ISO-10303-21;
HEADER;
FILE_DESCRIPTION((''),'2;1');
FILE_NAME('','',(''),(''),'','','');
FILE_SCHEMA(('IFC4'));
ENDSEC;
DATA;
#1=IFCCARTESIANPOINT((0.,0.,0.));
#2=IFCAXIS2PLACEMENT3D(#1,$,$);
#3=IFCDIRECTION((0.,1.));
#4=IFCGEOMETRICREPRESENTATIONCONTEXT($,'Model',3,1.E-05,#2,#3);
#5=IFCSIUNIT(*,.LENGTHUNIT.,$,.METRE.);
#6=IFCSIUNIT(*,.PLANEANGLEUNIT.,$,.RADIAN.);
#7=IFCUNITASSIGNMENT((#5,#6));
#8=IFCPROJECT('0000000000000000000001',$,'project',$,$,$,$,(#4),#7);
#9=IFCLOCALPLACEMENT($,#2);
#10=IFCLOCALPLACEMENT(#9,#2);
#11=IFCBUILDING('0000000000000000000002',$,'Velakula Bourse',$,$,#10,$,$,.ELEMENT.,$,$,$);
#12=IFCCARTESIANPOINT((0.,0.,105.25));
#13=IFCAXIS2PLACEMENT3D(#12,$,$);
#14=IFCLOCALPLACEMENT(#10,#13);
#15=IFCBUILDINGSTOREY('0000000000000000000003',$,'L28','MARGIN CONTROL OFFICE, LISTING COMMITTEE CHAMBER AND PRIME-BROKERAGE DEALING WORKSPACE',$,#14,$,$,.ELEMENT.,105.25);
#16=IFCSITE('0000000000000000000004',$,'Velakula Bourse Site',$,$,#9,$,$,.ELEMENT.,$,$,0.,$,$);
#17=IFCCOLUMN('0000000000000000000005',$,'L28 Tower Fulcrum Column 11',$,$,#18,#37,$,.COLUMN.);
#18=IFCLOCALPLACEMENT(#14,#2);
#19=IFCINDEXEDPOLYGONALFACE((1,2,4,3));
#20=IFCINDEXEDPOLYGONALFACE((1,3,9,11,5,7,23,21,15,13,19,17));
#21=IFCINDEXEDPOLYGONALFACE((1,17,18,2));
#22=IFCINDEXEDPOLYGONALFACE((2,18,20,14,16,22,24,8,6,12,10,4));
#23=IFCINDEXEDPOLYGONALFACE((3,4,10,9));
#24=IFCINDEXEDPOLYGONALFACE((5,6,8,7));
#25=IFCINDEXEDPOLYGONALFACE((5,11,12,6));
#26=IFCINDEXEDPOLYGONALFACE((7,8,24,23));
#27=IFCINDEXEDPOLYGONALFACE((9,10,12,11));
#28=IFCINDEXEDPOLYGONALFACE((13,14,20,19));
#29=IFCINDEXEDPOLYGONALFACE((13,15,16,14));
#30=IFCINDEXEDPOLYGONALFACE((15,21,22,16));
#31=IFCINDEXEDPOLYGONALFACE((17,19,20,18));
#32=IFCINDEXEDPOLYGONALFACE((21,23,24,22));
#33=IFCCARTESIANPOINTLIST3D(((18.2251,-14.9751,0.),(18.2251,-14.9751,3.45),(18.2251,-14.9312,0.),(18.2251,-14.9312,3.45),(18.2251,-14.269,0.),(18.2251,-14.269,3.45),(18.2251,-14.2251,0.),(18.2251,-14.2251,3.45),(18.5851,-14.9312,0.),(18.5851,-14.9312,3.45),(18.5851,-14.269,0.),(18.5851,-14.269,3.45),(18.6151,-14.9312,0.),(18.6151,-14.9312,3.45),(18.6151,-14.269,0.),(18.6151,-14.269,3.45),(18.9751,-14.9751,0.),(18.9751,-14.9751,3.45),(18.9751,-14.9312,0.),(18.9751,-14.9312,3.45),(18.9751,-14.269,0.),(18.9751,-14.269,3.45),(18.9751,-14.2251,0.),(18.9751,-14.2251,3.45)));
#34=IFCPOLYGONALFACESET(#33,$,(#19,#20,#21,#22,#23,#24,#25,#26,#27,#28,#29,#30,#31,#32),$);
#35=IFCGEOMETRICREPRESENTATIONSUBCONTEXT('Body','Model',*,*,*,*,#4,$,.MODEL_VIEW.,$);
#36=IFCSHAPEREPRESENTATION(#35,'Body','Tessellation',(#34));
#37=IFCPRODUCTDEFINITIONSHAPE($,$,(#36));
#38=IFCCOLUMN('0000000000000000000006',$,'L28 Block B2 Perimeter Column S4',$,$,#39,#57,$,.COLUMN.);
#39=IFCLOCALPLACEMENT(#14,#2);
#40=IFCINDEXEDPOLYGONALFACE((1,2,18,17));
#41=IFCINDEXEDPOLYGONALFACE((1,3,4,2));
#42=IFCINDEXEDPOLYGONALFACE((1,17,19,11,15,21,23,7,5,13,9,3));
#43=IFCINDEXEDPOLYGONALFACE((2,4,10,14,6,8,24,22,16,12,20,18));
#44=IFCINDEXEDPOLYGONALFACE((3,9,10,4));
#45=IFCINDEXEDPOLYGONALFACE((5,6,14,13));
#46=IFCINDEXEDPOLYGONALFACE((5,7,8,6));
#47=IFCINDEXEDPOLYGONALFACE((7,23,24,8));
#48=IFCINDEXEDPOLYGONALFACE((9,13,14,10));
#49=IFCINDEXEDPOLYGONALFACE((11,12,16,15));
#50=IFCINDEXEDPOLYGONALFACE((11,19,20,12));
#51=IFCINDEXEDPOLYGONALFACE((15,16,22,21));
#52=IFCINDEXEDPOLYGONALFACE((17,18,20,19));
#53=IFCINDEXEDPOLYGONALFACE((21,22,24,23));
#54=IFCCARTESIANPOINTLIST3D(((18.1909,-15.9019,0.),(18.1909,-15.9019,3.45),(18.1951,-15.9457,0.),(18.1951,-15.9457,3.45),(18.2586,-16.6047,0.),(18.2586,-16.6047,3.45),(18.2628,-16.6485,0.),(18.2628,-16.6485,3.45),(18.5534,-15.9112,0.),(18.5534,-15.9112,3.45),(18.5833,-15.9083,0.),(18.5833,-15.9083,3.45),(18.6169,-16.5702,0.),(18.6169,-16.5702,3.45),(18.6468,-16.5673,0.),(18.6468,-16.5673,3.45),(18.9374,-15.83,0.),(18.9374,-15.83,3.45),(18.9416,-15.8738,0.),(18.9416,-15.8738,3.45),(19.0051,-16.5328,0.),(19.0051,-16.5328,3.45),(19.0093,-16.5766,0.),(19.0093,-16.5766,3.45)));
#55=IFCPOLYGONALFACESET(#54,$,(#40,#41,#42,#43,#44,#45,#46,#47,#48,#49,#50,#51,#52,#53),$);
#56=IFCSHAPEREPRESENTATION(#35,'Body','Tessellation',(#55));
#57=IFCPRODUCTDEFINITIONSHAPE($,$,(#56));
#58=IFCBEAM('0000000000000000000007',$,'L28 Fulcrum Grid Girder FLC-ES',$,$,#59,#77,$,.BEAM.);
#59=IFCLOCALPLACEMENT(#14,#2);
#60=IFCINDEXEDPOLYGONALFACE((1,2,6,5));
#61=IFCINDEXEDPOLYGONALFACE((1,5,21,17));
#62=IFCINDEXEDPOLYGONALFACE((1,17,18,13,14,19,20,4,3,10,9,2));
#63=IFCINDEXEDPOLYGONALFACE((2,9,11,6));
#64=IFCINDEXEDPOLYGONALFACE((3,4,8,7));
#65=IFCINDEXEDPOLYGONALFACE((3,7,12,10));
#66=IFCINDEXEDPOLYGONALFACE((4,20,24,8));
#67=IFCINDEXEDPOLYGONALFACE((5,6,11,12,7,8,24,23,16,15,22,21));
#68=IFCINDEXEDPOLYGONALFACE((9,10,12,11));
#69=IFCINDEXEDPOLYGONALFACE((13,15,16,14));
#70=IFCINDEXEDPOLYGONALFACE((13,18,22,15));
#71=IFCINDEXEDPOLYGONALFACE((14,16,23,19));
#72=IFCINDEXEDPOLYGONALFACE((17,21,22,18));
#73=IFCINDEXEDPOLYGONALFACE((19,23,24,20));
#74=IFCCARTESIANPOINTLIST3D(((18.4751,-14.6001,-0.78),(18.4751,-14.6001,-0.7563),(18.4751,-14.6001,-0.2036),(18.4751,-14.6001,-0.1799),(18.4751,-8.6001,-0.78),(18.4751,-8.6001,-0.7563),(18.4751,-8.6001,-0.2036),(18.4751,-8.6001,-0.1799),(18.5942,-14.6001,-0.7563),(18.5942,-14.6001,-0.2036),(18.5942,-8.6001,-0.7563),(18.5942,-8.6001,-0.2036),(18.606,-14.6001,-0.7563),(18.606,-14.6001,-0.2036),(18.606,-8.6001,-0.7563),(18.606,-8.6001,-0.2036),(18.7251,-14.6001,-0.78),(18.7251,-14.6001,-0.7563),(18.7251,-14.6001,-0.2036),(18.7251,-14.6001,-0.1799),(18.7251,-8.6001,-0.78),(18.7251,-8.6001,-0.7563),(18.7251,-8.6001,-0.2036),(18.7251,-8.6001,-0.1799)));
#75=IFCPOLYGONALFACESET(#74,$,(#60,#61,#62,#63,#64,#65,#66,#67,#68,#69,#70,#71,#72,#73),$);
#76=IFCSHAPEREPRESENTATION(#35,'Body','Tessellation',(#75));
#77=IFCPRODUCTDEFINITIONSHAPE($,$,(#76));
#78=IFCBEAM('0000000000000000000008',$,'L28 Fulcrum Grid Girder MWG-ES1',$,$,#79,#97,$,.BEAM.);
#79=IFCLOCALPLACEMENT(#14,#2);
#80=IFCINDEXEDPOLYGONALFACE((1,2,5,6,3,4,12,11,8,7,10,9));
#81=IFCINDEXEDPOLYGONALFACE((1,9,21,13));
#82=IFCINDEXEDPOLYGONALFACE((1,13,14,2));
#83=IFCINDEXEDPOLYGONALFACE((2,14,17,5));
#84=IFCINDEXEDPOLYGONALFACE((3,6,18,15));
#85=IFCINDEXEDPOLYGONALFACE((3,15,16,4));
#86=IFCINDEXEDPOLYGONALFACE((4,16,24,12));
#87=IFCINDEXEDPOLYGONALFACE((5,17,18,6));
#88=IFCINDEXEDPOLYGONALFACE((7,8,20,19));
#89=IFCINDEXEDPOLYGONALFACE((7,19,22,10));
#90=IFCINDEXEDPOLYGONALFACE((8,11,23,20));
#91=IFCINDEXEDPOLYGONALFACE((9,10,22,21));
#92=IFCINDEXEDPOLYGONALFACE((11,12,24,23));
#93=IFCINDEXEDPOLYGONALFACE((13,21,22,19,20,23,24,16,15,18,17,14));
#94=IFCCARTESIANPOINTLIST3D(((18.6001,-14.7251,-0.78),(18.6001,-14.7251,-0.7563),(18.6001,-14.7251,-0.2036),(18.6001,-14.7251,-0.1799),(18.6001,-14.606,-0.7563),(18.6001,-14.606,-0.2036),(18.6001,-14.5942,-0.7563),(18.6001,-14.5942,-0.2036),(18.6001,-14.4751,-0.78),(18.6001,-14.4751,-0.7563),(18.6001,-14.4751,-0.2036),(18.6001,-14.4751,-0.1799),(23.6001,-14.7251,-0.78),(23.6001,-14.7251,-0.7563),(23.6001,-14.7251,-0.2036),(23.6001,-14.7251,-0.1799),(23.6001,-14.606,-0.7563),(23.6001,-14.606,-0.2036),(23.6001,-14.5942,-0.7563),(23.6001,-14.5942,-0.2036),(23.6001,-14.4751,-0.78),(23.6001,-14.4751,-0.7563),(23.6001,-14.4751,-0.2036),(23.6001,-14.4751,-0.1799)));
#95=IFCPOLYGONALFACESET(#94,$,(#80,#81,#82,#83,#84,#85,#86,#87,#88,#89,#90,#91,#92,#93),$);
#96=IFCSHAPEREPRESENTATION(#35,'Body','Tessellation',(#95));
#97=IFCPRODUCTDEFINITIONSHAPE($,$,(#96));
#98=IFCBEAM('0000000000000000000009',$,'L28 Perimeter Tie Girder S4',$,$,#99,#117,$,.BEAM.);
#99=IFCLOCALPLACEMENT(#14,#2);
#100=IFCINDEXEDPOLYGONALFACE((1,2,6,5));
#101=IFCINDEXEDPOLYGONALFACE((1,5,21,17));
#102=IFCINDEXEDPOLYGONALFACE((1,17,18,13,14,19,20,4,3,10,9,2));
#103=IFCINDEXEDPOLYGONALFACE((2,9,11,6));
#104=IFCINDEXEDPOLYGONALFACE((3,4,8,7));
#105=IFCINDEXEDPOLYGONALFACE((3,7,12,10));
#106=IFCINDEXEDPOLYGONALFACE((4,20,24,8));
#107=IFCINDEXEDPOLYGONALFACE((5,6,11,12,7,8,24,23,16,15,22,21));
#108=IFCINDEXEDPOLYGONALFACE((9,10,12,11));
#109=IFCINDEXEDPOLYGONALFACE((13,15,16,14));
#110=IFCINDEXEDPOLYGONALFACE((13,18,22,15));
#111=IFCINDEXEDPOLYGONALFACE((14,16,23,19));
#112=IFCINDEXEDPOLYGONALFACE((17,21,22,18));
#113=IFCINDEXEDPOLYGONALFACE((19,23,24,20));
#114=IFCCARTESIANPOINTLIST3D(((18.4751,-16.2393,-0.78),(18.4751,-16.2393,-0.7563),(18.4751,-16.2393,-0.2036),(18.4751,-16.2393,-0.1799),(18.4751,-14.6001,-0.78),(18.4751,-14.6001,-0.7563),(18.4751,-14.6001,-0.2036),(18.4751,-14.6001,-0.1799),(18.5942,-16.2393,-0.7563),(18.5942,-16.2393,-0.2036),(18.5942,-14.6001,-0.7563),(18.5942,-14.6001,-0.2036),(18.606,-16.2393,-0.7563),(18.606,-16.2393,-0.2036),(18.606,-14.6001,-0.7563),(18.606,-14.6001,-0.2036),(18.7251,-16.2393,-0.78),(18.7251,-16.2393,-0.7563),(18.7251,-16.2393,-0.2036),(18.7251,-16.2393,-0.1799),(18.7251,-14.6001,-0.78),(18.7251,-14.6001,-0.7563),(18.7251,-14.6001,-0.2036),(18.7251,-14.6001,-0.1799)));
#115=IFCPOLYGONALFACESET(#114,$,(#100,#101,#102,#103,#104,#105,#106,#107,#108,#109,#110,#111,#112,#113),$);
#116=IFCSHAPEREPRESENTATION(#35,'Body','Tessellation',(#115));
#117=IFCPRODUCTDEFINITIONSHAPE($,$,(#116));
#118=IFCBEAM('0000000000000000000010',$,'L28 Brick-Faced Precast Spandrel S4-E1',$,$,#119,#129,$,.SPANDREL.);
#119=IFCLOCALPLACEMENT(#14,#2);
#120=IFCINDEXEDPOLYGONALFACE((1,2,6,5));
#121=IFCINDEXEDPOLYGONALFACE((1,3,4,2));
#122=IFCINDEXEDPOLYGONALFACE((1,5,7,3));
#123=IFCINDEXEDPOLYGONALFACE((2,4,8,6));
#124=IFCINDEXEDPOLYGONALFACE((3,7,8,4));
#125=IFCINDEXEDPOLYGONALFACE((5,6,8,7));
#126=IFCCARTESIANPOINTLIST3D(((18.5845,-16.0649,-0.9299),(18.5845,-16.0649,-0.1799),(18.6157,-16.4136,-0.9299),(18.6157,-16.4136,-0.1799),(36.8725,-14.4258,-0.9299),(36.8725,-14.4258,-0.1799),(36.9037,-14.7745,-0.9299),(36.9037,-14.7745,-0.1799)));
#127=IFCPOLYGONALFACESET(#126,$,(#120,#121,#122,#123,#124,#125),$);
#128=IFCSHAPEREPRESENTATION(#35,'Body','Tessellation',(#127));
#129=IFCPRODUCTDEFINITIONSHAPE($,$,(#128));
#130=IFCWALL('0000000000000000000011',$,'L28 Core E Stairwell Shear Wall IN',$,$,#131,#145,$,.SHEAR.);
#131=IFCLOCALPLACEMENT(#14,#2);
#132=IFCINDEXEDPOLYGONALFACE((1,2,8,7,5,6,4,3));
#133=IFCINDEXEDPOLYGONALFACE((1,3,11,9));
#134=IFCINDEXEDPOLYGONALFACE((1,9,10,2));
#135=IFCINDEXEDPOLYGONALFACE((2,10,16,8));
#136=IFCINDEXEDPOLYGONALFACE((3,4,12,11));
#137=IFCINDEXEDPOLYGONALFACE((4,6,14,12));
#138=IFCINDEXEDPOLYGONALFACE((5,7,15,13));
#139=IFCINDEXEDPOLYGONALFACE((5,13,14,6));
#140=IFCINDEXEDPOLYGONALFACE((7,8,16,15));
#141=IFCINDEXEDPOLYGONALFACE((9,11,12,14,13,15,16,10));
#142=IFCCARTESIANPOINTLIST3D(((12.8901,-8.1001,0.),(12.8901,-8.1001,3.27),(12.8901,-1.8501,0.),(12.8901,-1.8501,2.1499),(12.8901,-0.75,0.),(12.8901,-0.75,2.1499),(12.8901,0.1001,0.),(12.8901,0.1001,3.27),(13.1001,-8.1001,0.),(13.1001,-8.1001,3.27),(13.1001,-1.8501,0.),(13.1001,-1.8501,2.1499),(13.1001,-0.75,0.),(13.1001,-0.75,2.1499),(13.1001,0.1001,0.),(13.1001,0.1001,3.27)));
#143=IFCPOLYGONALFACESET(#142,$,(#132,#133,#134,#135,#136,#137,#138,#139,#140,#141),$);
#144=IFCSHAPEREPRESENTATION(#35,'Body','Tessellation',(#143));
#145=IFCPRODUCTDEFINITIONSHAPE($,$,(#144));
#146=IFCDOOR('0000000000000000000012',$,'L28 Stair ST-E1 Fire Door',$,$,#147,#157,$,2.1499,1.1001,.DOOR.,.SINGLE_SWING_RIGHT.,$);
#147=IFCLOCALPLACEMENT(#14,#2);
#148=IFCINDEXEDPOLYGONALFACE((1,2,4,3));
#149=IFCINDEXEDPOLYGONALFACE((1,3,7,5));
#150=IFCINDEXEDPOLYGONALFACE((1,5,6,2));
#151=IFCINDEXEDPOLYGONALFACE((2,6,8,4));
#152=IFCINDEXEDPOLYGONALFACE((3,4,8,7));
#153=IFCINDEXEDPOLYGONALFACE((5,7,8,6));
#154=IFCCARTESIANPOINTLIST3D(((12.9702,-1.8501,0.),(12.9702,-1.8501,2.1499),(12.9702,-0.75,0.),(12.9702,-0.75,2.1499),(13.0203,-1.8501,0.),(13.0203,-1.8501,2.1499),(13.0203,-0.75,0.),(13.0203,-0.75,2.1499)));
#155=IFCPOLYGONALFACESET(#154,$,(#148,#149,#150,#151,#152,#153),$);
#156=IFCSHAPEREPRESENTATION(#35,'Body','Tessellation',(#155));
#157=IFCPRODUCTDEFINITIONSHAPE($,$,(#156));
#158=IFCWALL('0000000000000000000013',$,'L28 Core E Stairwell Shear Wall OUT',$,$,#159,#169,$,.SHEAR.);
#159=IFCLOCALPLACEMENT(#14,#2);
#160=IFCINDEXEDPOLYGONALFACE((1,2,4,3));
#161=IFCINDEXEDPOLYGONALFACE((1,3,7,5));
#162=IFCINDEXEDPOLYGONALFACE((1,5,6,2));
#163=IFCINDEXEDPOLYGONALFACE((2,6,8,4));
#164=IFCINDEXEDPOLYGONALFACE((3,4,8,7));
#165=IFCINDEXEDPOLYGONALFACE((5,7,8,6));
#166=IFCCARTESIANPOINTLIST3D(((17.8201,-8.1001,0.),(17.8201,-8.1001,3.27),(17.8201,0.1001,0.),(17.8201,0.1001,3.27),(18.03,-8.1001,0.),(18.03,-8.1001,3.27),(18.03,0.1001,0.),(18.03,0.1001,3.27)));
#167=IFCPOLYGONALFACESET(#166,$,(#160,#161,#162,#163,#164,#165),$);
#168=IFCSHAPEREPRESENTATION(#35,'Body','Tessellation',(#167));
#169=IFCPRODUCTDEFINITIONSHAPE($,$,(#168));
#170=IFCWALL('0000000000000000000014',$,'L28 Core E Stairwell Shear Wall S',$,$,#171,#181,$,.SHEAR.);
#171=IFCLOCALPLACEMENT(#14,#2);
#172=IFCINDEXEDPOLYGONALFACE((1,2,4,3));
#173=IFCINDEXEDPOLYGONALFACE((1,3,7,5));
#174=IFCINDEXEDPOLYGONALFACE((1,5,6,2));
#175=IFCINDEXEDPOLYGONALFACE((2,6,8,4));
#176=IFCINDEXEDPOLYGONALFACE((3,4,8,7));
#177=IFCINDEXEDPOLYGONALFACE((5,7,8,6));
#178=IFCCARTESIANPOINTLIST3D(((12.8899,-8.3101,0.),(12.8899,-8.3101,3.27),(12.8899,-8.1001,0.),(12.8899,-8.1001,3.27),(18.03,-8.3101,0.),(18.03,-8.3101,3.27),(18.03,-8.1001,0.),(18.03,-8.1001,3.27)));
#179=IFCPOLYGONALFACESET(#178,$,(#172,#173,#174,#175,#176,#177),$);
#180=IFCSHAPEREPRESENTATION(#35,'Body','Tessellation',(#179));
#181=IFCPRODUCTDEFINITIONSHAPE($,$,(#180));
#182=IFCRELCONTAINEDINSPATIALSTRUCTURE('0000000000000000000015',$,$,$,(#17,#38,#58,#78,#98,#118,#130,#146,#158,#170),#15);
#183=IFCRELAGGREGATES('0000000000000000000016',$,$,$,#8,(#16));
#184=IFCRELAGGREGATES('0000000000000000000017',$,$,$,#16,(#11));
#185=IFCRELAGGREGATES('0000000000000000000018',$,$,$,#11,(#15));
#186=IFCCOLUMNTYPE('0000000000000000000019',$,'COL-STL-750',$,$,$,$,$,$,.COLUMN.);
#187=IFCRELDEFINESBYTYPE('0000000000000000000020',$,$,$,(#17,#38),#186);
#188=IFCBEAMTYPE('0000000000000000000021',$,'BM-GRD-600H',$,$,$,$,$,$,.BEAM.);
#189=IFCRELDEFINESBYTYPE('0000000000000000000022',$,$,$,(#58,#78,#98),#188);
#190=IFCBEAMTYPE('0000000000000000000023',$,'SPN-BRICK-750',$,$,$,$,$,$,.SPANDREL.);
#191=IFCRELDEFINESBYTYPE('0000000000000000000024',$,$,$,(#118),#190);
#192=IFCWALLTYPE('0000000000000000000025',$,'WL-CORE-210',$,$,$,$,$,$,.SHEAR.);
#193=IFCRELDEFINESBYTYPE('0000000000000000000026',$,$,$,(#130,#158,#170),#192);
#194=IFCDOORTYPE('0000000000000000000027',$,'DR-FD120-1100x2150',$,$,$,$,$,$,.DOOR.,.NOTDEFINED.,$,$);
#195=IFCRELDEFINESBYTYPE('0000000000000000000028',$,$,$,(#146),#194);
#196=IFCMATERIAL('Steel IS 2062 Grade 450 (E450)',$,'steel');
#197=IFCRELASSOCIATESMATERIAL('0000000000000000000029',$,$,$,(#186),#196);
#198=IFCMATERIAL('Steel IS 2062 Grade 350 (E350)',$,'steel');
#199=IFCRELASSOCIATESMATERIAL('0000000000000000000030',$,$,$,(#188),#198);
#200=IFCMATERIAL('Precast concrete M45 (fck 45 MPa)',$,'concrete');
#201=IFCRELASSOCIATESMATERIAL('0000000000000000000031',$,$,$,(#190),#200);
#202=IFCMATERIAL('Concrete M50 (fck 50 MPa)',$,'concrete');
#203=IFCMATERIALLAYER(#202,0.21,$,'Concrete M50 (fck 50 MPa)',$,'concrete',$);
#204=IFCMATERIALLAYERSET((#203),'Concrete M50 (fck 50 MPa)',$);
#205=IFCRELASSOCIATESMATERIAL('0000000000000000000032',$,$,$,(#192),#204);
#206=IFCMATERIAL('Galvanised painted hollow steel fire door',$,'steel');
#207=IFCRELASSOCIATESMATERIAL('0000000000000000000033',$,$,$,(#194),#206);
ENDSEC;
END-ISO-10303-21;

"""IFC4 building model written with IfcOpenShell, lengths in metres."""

from ifc_helpers import new_model, si_unit, direction, frame, frame_2d, origin, origin_2d, place, context, subcontext, project, spatial, rectangle, i_section, extrude, material, layer, layer_set, material_profile, profile_set, type_object, element, fill, save


model = new_model("IFC4")

# Units and contexts
model_context = context("Model", 3, precision=1e-05, world=origin(), true_north=direction((0.0, 1.0)))
body_context = subcontext(model_context, "Body", "Model", "MODEL_VIEW")
ifc_project = project(units=[si_unit("LENGTHUNIT", "METRE"), si_unit("PLANEANGLEUNIT", "RADIAN")], contexts=[model_context])

# Site, building, storey
site_placement = place(None, origin())
site = spatial("IfcSite", under=ifc_project, at=site_placement, Name="Velakula Bourse Site", CompositionType="ELEMENT", RefElevation=0.0)
building_placement = place(site_placement, origin())
building = spatial("IfcBuilding", under=site, at=building_placement, Name="Velakula Bourse", CompositionType="ELEMENT")
storey_placement = place(building_placement, frame((0.0, 0.0, 105.25)))
storey = spatial("IfcBuildingStorey", under=building, at=storey_placement, Name="L28", Description="MARGIN CONTROL OFFICE, LISTING COMMITTEE CHAMBER AND PRIME-BROKERAGE DEALING WORKSPACE", CompositionType="ELEMENT", Elevation=105.25)

# Columns
ifc_material_1 = material(Name="Steel IS 2062 Grade 450 (E450)", Category="steel")
ifc_material_profile_1 = material_profile(ifc_material_1, i_section(OverallWidth=0.75, OverallDepth=0.75, WebThickness=0.03, FlangeThickness=0.0439, at=origin_2d()), Name="Steel IS 2062 Grade 450 (E450)")
ifc_profile_set_1 = profile_set([ifc_material_profile_1], Name="Steel IS 2062 Grade 450 (E450)")
column_type = type_object("IfcColumnType", Name="COL-STL-750", PredefinedType="COLUMN", material=ifc_profile_set_1)
for number, where, z_axis, x_axis, name in (
    (1, (18.6001, -14.6001, 0.0), (0.0, 0.0, 1.0), (1.0, 0.0, 0.0), "L28 Tower Fulcrum Column 11"),
    (2, (18.6001, -16.2393, 0.0), (0.0, 0.0, 1.0), (0.995396, 0.095846, 0.0), "L28 Block B2 Perimeter Column S4"),
):
    element("IfcColumn", number, at=place(storey_placement, frame(where, z_axis=z_axis, x_axis=x_axis)), inside=storey, type_object=column_type, Name=name, PredefinedType="COLUMN", context=body_context, shape_type="SweptSolid", body=[
        extrude(i_section(OverallWidth=0.75, OverallDepth=0.75, WebThickness=0.03, FlangeThickness=0.0439, at=origin_2d()), origin(), (0.0, 0.0, 1.0), 3.45),
    ])

# Beams
ifc_material_2 = material(Name="Steel IS 2062 Grade 350 (E350)", Category="steel")
ifc_material_profile_2 = material_profile(ifc_material_2, i_section(OverallWidth=0.25, OverallDepth=0.6001, WebThickness=0.0117, FlangeThickness=0.0237, at=origin_2d()), Name="Steel IS 2062 Grade 350 (E350)")
ifc_profile_set_2 = profile_set([ifc_material_profile_2], Name="Steel IS 2062 Grade 350 (E350)")
beam_type_1 = type_object("IfcBeamType", Name="BM-GRD-600H", PredefinedType="BEAM", material=ifc_profile_set_2)
beam_1_placement = place(storey_placement, frame((18.6001, -14.6001, -0.48), z_axis=(0.0, 1.0, 0.0), x_axis=(-1.0, 0.0, 0.0)))
element("IfcBeam", 3, at=beam_1_placement, inside=storey, type_object=beam_type_1, Name="L28 Fulcrum Grid Girder FLC-ES", PredefinedType="BEAM", context=body_context, shape_type="SweptSolid", body=[
    extrude(i_section(OverallWidth=0.25, OverallDepth=0.6001, WebThickness=0.0117, FlangeThickness=0.0237, at=origin_2d()), origin(), (0.0, 0.0, 1.0), 6.0),
])
beam_2_placement = place(storey_placement, frame((18.6001, -14.6001, -0.48), z_axis=(1.0, 0.0, 0.0), x_axis=(0.0, 1.0, 0.0)))
element("IfcBeam", 4, at=beam_2_placement, inside=storey, type_object=beam_type_1, Name="L28 Fulcrum Grid Girder MWG-ES1", PredefinedType="BEAM", context=body_context, shape_type="SweptSolid", body=[
    extrude(i_section(OverallWidth=0.25, OverallDepth=0.6001, WebThickness=0.0117, FlangeThickness=0.0237, at=origin_2d()), origin(), (0.0, 0.0, 1.0), 5.0),
])
beam_3_placement = place(storey_placement, frame((18.6001, -14.6001, -0.48), z_axis=(0.0, -1.0, 0.0), x_axis=(1.0, 0.0, 0.0)))
element("IfcBeam", 5, at=beam_3_placement, inside=storey, type_object=beam_type_1, Name="L28 Perimeter Tie Girder S4", PredefinedType="BEAM", context=body_context, shape_type="SweptSolid", body=[
    extrude(i_section(OverallWidth=0.25, OverallDepth=0.6001, WebThickness=0.0117, FlangeThickness=0.0237, at=origin_2d()), origin(), (0.0, 0.0, 1.0), 1.6392),
])
ifc_material_3 = material(Name="Precast concrete M45 (fck 45 MPa)", Category="concrete")
ifc_material_profile_3 = material_profile(ifc_material_3, rectangle(XDim=0.3501, YDim=0.75, at=origin_2d()), Name="Precast concrete M45 (fck 45 MPa)")
ifc_profile_set_3 = profile_set([ifc_material_profile_3], Name="Precast concrete M45 (fck 45 MPa)")
beam_type_2 = type_object("IfcBeamType", Name="SPN-BRICK-750", PredefinedType="SPANDREL", material=ifc_profile_set_3)
beam_4_placement = place(storey_placement, frame((18.6001, -16.2393, -0.5549), z_axis=(0.996007, 0.089272, 0.0), x_axis=(-0.089272, 0.996007, 0.0)))
element("IfcBeam", 6, at=beam_4_placement, inside=storey, type_object=beam_type_2, Name="L28 Brick-Faced Precast Spandrel S4-E1", PredefinedType="SPANDREL", context=body_context, shape_type="SweptSolid", body=[
    extrude(rectangle(XDim=0.3501, YDim=0.75, at=origin_2d()), origin(), (0.0, 0.0, 1.0), 18.3613),
])

# Wall, opening, door
ifc_material_4 = material(Name="Concrete M50 (fck 50 MPa)", Category="concrete")
ifc_layer_1 = layer(ifc_material_4, 0.21, Name="Concrete M50 (fck 50 MPa)", Category="concrete")
ifc_layer_set_1 = layer_set([ifc_layer_1], Name="Concrete M50 (fck 50 MPa)")
wall_type_1 = type_object("IfcWallType", Name="WL-CORE-210", PredefinedType="SHEAR", material=ifc_layer_set_1)
wall_1_placement = place(storey_placement, frame((12.9951, -8.1001, 0.0), z_axis=(0.0, 0.0, 1.0), x_axis=(0.0, 1.0, 0.0)))
wall_1 = element("IfcWall", 7, at=wall_1_placement, inside=storey, type_object=wall_type_1, Name="L28 Core E Stairwell Shear Wall IN", PredefinedType="SHEAR", context=body_context, shape_type="SweptSolid", body=[
    extrude(rectangle(XDim=8.2002, YDim=0.21, at=frame_2d((4.1001, 0.0))), origin(), (0.0, 0.0, 1.0), 3.27),
])
opening_1_placement = place(wall_1_placement, frame((6.25, 0.0, 0.0)))
opening_1 = element("IfcOpeningElement", 8, at=opening_1_placement, cuts=wall_1, PredefinedType="OPENING", context=body_context, shape_type="SweptSolid", body=[
    extrude(rectangle(XDim=1.1001, YDim=2.1499, at=frame_2d((0.55, 1.075))), frame((0.0, 0.115, 0.0), z_axis=(0.0, -1.0, 0.0), x_axis=(1.0, 0.0, 0.0)), (0.0, 0.0, 1.0), 0.23),
])
ifc_material_5 = material(Name="Galvanised painted hollow steel fire door", Category="steel")
door_type_1 = type_object("IfcDoorType", Name="DR-FD120-1100x2150", OperationType="NOTDEFINED", PredefinedType="DOOR", material=ifc_material_5)
door_1_placement = place(opening_1_placement, origin())
door_1 = element("IfcDoor", 9, at=door_1_placement, inside=storey, type_object=door_type_1, Name="L28 Stair ST-E1 Fire Door", OperationType="SINGLE_SWING_RIGHT", OverallHeight=2.1499, OverallWidth=1.1001, PredefinedType="DOOR", context=body_context, shape_type="SweptSolid", body=[
    extrude(rectangle(XDim=1.1001, YDim=2.1499, at=frame_2d((0.55, 1.075))), frame((0.0, 0.0249, 0.0), z_axis=(0.0, -1.0, 0.0), x_axis=(1.0, 0.0, 0.0)), (0.0, 0.0, 1.0), 0.05),
])
fill(opening_1, door_1)

# Walls
wall_2_placement = place(storey_placement, frame((17.925, -8.1001, 0.0), z_axis=(0.0, 0.0, 1.0), x_axis=(0.0, 1.0, 0.0)))
element("IfcWall", 10, at=wall_2_placement, inside=storey, type_object=wall_type_1, Name="L28 Core E Stairwell Shear Wall OUT", PredefinedType="SHEAR", context=body_context, shape_type="SweptSolid", body=[
    extrude(rectangle(XDim=8.2002, YDim=0.21, at=frame_2d((4.1001, 0.0))), origin(), (0.0, 0.0, 1.0), 3.27),
])
wall_3_placement = place(storey_placement, frame((12.8899, -8.2051, 0.0), z_axis=(0.0, 0.0, 1.0), x_axis=(1.0, 0.0, 0.0)))
element("IfcWall", 11, at=wall_3_placement, inside=storey, type_object=wall_type_1, Name="L28 Core E Stairwell Shear Wall S", PredefinedType="SHEAR", context=body_context, shape_type="SweptSolid", body=[
    extrude(rectangle(XDim=5.1401, YDim=0.21, at=frame_2d((2.5701, 0.0))), origin(), (0.0, 0.0, 1.0), 3.27),
])

save(model, "model.ifc")
